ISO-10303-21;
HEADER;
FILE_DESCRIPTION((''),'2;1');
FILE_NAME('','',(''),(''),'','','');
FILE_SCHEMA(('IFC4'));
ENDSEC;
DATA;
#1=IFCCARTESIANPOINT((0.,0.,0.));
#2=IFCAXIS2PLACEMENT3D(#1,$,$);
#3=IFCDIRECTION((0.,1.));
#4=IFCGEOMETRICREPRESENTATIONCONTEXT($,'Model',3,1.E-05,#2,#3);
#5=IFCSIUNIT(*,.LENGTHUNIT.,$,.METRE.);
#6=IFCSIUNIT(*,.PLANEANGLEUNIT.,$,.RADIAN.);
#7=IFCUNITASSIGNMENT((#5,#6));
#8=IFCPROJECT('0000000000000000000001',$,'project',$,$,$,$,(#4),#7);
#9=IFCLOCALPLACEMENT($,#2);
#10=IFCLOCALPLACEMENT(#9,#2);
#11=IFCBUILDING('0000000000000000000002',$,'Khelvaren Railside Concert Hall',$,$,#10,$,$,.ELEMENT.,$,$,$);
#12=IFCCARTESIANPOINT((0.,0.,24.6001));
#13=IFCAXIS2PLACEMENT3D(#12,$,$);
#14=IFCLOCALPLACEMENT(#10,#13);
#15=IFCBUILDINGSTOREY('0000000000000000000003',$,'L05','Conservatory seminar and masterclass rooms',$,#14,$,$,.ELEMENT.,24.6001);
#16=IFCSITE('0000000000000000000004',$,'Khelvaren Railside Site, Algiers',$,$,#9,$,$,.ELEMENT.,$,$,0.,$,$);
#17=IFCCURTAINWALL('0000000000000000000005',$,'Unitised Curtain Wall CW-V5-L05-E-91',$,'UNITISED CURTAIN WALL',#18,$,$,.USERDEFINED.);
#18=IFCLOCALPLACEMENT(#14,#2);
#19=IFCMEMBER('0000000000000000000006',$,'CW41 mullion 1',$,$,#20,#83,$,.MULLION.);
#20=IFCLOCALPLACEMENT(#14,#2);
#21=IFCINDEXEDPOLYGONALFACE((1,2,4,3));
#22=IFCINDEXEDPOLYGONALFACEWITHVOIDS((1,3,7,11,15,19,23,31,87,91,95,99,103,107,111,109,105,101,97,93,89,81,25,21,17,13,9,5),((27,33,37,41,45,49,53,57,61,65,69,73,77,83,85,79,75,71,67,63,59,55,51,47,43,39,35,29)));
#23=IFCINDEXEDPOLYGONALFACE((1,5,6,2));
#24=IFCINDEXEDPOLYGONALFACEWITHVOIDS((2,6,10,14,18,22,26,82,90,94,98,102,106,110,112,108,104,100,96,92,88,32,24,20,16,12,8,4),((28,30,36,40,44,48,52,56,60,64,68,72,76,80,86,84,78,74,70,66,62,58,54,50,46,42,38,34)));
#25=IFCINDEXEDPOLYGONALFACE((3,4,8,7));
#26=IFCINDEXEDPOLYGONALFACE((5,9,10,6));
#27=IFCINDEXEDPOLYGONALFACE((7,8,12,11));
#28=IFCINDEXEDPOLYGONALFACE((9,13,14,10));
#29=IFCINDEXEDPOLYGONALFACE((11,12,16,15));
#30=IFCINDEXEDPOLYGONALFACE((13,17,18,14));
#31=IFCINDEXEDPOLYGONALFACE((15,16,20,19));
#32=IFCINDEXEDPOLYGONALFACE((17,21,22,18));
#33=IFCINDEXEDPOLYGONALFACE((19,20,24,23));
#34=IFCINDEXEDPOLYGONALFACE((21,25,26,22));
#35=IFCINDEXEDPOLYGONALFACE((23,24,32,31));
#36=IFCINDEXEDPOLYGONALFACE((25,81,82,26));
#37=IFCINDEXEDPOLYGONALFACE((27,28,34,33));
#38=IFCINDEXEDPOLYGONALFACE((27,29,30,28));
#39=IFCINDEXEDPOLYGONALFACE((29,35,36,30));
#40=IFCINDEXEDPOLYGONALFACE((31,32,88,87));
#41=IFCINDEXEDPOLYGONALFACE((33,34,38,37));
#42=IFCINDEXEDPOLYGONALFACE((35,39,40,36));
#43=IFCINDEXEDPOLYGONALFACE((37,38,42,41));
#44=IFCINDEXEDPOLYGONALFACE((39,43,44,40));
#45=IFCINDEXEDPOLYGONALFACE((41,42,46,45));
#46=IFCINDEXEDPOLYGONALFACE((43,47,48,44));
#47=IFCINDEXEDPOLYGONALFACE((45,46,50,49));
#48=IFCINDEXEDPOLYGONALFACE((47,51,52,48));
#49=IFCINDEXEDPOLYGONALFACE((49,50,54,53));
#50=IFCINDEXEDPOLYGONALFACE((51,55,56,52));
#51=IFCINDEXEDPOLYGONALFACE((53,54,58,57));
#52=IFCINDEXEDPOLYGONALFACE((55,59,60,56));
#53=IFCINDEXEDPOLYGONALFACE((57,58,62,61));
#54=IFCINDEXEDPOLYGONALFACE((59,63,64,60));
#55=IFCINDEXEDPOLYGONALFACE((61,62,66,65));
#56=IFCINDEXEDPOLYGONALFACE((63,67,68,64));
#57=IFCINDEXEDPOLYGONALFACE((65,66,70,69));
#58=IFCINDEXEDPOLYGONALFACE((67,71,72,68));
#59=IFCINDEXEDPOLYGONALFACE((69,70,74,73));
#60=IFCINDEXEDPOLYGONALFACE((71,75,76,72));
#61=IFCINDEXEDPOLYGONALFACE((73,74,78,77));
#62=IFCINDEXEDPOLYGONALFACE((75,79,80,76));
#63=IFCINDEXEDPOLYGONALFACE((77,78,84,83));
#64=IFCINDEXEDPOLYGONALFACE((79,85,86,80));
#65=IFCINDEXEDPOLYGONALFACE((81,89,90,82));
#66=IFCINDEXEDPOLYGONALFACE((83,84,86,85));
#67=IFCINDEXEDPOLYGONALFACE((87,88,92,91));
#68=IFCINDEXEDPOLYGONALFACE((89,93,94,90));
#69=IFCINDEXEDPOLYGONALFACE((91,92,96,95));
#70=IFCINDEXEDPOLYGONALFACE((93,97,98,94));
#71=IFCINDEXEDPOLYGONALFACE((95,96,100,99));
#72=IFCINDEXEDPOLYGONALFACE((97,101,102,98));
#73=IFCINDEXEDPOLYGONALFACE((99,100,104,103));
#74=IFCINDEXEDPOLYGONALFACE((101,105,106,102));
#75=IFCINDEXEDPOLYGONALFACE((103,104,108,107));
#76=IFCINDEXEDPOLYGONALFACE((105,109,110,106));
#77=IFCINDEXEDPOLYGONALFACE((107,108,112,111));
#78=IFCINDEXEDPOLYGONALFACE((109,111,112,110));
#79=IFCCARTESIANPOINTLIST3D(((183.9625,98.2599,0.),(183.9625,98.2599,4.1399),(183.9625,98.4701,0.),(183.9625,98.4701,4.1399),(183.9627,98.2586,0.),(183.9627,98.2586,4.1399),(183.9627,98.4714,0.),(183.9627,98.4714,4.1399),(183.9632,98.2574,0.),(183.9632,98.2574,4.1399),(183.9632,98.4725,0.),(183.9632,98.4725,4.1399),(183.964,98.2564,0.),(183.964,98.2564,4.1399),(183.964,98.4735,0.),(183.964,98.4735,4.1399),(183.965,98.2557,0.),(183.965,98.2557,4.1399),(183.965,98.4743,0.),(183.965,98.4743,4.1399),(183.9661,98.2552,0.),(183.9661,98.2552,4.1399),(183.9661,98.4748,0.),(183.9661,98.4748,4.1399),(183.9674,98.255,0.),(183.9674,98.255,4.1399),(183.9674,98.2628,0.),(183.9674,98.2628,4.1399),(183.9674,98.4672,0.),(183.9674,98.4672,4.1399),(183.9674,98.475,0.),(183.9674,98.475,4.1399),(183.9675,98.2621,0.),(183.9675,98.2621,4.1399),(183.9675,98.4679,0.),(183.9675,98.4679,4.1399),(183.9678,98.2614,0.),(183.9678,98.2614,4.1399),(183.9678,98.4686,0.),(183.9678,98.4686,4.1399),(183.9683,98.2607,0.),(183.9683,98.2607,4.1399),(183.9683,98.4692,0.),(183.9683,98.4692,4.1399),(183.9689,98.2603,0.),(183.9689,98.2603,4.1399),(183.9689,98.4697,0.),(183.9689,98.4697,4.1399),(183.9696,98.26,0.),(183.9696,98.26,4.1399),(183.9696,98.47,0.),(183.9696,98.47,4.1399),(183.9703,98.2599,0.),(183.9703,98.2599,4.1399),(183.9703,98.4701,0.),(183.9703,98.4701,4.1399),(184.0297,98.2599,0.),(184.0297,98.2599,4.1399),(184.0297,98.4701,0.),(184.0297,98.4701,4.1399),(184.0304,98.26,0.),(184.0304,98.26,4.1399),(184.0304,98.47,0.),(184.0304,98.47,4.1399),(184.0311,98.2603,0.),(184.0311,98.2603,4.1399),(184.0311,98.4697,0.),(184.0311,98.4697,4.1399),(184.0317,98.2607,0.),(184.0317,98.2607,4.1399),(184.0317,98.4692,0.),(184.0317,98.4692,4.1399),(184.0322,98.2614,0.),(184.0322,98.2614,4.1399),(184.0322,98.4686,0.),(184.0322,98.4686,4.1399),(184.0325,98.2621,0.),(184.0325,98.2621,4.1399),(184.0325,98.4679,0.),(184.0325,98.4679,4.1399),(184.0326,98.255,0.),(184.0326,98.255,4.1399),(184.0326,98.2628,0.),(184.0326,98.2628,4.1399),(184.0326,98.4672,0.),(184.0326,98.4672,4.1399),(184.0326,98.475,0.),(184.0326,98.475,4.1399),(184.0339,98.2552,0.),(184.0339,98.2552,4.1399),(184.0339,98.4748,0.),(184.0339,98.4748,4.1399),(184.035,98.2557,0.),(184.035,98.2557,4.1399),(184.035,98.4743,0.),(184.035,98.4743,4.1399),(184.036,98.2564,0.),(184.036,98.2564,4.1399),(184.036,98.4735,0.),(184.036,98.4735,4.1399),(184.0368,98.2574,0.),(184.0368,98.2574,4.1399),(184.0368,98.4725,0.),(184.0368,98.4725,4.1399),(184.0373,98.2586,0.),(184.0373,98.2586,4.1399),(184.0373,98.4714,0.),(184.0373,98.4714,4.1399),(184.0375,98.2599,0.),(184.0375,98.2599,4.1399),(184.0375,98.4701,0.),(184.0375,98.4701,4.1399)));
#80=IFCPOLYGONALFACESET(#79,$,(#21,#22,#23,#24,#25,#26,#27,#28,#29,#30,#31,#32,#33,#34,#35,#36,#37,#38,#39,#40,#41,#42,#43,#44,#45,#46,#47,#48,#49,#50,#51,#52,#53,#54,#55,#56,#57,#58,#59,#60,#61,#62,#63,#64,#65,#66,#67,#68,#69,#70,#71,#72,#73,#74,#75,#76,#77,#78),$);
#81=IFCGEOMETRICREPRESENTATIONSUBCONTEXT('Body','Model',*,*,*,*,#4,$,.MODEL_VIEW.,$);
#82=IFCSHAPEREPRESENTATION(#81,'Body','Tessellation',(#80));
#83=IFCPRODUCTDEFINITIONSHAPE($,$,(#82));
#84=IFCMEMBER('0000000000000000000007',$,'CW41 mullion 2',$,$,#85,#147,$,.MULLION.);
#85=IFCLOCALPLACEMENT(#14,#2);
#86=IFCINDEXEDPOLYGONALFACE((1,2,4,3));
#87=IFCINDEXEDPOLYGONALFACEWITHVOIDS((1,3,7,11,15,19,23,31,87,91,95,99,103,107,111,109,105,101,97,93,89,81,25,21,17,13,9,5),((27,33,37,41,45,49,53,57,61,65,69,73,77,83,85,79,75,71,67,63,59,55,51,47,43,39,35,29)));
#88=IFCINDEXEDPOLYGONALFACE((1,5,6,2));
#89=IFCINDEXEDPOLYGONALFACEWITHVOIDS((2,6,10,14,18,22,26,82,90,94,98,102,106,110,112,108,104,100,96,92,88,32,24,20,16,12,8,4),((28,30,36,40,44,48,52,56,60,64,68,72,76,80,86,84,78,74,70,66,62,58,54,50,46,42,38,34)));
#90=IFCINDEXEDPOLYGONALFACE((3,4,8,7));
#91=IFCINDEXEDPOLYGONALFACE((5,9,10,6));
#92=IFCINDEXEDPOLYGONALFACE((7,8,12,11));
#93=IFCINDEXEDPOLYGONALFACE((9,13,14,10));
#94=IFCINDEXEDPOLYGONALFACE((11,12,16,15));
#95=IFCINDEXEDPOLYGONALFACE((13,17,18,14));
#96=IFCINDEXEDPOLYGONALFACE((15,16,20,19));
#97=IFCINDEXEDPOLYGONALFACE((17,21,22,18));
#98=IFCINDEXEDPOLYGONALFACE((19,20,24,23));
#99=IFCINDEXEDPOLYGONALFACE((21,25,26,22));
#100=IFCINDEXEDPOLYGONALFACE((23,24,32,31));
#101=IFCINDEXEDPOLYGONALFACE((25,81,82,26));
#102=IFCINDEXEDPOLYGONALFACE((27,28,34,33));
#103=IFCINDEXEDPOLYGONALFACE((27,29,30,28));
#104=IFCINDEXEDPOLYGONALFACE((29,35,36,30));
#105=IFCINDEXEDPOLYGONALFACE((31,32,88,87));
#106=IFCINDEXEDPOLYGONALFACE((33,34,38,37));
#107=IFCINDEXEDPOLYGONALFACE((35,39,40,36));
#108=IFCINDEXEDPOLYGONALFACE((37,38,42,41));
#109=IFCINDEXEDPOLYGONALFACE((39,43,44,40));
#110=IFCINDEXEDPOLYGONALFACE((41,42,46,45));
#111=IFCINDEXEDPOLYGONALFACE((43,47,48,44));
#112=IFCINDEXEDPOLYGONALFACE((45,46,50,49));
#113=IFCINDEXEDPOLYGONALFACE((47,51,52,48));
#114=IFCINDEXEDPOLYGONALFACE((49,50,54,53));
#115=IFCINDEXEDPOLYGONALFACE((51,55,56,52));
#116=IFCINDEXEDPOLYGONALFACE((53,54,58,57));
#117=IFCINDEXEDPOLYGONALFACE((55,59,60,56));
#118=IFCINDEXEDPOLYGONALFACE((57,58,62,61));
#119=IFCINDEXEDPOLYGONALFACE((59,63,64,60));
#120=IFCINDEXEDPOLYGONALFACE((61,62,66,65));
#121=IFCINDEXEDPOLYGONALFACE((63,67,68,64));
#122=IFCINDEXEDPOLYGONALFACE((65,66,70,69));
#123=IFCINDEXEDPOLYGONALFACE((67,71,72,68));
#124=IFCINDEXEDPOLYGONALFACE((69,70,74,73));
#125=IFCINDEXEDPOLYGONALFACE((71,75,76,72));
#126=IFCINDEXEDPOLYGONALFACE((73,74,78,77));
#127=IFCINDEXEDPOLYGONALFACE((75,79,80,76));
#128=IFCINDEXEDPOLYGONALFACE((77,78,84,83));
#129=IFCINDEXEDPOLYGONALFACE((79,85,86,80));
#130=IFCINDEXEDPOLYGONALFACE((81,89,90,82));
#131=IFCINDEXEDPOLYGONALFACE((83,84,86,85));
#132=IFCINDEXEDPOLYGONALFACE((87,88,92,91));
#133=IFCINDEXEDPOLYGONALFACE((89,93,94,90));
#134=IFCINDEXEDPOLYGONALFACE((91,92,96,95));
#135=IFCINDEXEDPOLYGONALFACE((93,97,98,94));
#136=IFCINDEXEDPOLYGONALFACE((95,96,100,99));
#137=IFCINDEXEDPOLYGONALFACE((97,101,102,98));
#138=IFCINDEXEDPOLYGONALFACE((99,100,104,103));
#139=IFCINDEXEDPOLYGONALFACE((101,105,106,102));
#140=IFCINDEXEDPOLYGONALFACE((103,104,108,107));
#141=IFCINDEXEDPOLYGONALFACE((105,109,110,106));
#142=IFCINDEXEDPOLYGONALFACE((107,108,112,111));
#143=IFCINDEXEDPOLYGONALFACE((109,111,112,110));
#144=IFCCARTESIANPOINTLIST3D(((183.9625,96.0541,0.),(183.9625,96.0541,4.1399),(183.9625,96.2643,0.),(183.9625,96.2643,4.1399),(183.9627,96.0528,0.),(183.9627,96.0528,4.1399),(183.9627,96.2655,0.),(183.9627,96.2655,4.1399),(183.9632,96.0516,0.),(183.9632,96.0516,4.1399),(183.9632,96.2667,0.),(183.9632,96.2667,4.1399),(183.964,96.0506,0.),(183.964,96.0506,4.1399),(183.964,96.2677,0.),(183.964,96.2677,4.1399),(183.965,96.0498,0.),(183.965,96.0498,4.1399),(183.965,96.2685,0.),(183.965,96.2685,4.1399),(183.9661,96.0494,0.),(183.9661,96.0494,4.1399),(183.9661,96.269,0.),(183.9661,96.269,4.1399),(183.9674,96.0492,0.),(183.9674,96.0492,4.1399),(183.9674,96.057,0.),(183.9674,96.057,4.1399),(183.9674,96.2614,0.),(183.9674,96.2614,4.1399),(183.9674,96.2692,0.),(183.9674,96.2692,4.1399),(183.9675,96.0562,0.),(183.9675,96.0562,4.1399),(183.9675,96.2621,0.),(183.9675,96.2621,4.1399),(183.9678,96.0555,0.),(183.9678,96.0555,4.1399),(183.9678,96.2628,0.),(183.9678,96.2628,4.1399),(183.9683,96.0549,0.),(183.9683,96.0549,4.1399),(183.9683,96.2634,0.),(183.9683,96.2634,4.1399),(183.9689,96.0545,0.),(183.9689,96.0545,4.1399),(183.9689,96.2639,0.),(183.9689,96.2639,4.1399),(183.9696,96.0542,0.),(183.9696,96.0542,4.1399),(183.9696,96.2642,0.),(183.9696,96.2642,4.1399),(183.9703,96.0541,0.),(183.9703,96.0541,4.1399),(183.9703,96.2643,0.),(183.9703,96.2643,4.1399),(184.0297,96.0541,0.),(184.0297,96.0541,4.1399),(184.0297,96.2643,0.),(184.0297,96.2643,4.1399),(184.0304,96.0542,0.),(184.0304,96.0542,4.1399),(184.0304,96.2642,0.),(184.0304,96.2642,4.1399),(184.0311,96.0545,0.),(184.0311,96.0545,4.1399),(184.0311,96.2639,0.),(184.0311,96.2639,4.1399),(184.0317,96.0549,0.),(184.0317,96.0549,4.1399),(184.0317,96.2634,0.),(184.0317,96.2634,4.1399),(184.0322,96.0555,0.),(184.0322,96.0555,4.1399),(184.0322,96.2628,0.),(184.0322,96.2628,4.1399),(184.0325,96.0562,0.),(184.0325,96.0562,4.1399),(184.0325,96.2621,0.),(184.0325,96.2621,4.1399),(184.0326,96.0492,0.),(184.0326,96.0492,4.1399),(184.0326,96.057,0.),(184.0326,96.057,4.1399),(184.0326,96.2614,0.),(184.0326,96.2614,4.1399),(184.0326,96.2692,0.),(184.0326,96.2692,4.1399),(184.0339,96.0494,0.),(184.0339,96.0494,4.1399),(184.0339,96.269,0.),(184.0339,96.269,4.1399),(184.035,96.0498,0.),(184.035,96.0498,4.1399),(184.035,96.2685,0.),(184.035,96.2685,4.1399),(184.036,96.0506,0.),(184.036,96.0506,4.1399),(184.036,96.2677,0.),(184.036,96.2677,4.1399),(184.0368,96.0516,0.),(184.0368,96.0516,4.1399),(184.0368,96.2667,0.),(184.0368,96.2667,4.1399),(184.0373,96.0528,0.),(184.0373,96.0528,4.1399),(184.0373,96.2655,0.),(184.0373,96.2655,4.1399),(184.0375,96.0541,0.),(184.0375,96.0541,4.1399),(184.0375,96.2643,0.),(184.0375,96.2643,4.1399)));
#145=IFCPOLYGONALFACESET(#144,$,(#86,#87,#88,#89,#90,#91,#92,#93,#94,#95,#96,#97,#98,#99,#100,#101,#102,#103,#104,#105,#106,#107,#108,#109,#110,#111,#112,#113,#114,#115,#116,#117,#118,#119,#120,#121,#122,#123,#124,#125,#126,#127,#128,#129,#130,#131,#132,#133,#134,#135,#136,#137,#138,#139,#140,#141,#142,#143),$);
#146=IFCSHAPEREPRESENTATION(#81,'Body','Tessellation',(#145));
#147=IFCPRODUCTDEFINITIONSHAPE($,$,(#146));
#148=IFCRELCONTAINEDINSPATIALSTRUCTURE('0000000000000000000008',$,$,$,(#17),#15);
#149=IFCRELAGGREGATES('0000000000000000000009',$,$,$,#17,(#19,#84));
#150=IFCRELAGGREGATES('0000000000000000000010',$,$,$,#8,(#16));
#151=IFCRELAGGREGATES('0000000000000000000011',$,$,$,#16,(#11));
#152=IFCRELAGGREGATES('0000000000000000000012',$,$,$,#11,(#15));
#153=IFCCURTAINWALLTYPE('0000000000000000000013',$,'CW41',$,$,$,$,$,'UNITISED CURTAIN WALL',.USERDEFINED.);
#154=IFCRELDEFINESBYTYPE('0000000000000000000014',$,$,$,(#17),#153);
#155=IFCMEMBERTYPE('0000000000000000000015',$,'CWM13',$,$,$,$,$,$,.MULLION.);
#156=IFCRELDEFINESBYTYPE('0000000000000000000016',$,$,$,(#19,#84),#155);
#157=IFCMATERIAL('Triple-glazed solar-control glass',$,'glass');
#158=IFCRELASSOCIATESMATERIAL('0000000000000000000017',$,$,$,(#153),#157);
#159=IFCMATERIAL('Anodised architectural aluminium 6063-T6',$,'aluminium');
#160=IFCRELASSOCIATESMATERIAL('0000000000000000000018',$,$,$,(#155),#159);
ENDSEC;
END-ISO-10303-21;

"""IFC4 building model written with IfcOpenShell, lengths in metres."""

from ifc_helpers import new_model, si_unit, direction, frame, origin, origin_2d, place, context, subcontext, project, spatial, hollow_rectangle, extrude, material, material_profile, profile_set, type_object, element, aggregate, save


model = new_model("IFC4")

# Units and contexts
model_context = context("Model", 3, precision=1e-05, world=origin(), true_north=direction((0.0, 1.0)))
body_context = subcontext(model_context, "Body", "Model", "MODEL_VIEW")
ifc_project = project(units=[si_unit("LENGTHUNIT", "METRE"), si_unit("PLANEANGLEUNIT", "RADIAN")], contexts=[model_context])

# Site, building, storey
site_placement = place(None, origin())
site = spatial("IfcSite", under=ifc_project, at=site_placement, Name="Khelvaren Railside Site, Algiers", CompositionType="ELEMENT", RefElevation=0.0)
building_placement = place(site_placement, origin())
building = spatial("IfcBuilding", under=site, at=building_placement, Name="Khelvaren Railside Concert Hall", CompositionType="ELEMENT")
storey_placement = place(building_placement, frame((0.0, 0.0, 24.6001)))
storey = spatial("IfcBuildingStorey", under=building, at=storey_placement, Name="L05", Description="Conservatory seminar and masterclass rooms", CompositionType="ELEMENT", Elevation=24.6001)

# Curtain wall, members
ifc_material_1 = material(Name="Triple-glazed solar-control glass", Category="glass")
curtain_wall_type = type_object("IfcCurtainWallType", Name="CW41", ElementType="UNITISED CURTAIN WALL", PredefinedType="USERDEFINED", material=ifc_material_1)
curtain_wall_placement = place(storey_placement, origin())
curtain_wall = element("IfcCurtainWall", 1, at=curtain_wall_placement, inside=storey, type_object=curtain_wall_type, Name="Unitised Curtain Wall CW-V5-L05-E-91", ObjectType="UNITISED CURTAIN WALL", PredefinedType="USERDEFINED")
ifc_material_2 = material(Name="Anodised architectural aluminium 6063-T6", Category="aluminium")
ifc_material_profile_1 = material_profile(ifc_material_2, hollow_rectangle(XDim=0.075, YDim=0.22, WallThickness=0.0049, InnerFilletRadius=0.0029, OuterFilletRadius=0.0049, at=origin_2d()), Name="CWM 75x220x5")
ifc_profile_set_1 = profile_set([ifc_material_profile_1], Name="Anodised architectural aluminium 6063-T6")
member_type_1 = type_object("IfcMemberType", Name="CWM13", PredefinedType="MULLION", material=ifc_profile_set_1)
member_1_placement = place(storey_placement, frame((184.0, 98.365, 0.0), z_axis=(0.0, 0.0, 1.0), x_axis=(1.0, 0.0, 0.0)))
member_1 = element("IfcMember", 2, at=member_1_placement, type_object=member_type_1, Name="CW41 mullion 1", PredefinedType="MULLION", context=body_context, shape_type="SweptSolid", body=[
    extrude(hollow_rectangle(XDim=0.075, YDim=0.22, WallThickness=0.0049, InnerFilletRadius=0.0029, OuterFilletRadius=0.0049, at=origin_2d()), origin(), (0.0, 0.0, 1.0), 4.1399),
])
member_2_placement = place(storey_placement, frame((184.0, 96.1592, 0.0), z_axis=(0.0, 0.0, 1.0), x_axis=(1.0, 0.0, 0.0)))
member_2 = element("IfcMember", 3, at=member_2_placement, type_object=member_type_1, Name="CW41 mullion 2", PredefinedType="MULLION", context=body_context, shape_type="SweptSolid", body=[
    extrude(hollow_rectangle(XDim=0.075, YDim=0.22, WallThickness=0.0049, InnerFilletRadius=0.0029, OuterFilletRadius=0.0049, at=origin_2d()), origin(), (0.0, 0.0, 1.0), 4.1399),
])
aggregate(curtain_wall, [member_1, member_2])

save(model, "model.ifc")
